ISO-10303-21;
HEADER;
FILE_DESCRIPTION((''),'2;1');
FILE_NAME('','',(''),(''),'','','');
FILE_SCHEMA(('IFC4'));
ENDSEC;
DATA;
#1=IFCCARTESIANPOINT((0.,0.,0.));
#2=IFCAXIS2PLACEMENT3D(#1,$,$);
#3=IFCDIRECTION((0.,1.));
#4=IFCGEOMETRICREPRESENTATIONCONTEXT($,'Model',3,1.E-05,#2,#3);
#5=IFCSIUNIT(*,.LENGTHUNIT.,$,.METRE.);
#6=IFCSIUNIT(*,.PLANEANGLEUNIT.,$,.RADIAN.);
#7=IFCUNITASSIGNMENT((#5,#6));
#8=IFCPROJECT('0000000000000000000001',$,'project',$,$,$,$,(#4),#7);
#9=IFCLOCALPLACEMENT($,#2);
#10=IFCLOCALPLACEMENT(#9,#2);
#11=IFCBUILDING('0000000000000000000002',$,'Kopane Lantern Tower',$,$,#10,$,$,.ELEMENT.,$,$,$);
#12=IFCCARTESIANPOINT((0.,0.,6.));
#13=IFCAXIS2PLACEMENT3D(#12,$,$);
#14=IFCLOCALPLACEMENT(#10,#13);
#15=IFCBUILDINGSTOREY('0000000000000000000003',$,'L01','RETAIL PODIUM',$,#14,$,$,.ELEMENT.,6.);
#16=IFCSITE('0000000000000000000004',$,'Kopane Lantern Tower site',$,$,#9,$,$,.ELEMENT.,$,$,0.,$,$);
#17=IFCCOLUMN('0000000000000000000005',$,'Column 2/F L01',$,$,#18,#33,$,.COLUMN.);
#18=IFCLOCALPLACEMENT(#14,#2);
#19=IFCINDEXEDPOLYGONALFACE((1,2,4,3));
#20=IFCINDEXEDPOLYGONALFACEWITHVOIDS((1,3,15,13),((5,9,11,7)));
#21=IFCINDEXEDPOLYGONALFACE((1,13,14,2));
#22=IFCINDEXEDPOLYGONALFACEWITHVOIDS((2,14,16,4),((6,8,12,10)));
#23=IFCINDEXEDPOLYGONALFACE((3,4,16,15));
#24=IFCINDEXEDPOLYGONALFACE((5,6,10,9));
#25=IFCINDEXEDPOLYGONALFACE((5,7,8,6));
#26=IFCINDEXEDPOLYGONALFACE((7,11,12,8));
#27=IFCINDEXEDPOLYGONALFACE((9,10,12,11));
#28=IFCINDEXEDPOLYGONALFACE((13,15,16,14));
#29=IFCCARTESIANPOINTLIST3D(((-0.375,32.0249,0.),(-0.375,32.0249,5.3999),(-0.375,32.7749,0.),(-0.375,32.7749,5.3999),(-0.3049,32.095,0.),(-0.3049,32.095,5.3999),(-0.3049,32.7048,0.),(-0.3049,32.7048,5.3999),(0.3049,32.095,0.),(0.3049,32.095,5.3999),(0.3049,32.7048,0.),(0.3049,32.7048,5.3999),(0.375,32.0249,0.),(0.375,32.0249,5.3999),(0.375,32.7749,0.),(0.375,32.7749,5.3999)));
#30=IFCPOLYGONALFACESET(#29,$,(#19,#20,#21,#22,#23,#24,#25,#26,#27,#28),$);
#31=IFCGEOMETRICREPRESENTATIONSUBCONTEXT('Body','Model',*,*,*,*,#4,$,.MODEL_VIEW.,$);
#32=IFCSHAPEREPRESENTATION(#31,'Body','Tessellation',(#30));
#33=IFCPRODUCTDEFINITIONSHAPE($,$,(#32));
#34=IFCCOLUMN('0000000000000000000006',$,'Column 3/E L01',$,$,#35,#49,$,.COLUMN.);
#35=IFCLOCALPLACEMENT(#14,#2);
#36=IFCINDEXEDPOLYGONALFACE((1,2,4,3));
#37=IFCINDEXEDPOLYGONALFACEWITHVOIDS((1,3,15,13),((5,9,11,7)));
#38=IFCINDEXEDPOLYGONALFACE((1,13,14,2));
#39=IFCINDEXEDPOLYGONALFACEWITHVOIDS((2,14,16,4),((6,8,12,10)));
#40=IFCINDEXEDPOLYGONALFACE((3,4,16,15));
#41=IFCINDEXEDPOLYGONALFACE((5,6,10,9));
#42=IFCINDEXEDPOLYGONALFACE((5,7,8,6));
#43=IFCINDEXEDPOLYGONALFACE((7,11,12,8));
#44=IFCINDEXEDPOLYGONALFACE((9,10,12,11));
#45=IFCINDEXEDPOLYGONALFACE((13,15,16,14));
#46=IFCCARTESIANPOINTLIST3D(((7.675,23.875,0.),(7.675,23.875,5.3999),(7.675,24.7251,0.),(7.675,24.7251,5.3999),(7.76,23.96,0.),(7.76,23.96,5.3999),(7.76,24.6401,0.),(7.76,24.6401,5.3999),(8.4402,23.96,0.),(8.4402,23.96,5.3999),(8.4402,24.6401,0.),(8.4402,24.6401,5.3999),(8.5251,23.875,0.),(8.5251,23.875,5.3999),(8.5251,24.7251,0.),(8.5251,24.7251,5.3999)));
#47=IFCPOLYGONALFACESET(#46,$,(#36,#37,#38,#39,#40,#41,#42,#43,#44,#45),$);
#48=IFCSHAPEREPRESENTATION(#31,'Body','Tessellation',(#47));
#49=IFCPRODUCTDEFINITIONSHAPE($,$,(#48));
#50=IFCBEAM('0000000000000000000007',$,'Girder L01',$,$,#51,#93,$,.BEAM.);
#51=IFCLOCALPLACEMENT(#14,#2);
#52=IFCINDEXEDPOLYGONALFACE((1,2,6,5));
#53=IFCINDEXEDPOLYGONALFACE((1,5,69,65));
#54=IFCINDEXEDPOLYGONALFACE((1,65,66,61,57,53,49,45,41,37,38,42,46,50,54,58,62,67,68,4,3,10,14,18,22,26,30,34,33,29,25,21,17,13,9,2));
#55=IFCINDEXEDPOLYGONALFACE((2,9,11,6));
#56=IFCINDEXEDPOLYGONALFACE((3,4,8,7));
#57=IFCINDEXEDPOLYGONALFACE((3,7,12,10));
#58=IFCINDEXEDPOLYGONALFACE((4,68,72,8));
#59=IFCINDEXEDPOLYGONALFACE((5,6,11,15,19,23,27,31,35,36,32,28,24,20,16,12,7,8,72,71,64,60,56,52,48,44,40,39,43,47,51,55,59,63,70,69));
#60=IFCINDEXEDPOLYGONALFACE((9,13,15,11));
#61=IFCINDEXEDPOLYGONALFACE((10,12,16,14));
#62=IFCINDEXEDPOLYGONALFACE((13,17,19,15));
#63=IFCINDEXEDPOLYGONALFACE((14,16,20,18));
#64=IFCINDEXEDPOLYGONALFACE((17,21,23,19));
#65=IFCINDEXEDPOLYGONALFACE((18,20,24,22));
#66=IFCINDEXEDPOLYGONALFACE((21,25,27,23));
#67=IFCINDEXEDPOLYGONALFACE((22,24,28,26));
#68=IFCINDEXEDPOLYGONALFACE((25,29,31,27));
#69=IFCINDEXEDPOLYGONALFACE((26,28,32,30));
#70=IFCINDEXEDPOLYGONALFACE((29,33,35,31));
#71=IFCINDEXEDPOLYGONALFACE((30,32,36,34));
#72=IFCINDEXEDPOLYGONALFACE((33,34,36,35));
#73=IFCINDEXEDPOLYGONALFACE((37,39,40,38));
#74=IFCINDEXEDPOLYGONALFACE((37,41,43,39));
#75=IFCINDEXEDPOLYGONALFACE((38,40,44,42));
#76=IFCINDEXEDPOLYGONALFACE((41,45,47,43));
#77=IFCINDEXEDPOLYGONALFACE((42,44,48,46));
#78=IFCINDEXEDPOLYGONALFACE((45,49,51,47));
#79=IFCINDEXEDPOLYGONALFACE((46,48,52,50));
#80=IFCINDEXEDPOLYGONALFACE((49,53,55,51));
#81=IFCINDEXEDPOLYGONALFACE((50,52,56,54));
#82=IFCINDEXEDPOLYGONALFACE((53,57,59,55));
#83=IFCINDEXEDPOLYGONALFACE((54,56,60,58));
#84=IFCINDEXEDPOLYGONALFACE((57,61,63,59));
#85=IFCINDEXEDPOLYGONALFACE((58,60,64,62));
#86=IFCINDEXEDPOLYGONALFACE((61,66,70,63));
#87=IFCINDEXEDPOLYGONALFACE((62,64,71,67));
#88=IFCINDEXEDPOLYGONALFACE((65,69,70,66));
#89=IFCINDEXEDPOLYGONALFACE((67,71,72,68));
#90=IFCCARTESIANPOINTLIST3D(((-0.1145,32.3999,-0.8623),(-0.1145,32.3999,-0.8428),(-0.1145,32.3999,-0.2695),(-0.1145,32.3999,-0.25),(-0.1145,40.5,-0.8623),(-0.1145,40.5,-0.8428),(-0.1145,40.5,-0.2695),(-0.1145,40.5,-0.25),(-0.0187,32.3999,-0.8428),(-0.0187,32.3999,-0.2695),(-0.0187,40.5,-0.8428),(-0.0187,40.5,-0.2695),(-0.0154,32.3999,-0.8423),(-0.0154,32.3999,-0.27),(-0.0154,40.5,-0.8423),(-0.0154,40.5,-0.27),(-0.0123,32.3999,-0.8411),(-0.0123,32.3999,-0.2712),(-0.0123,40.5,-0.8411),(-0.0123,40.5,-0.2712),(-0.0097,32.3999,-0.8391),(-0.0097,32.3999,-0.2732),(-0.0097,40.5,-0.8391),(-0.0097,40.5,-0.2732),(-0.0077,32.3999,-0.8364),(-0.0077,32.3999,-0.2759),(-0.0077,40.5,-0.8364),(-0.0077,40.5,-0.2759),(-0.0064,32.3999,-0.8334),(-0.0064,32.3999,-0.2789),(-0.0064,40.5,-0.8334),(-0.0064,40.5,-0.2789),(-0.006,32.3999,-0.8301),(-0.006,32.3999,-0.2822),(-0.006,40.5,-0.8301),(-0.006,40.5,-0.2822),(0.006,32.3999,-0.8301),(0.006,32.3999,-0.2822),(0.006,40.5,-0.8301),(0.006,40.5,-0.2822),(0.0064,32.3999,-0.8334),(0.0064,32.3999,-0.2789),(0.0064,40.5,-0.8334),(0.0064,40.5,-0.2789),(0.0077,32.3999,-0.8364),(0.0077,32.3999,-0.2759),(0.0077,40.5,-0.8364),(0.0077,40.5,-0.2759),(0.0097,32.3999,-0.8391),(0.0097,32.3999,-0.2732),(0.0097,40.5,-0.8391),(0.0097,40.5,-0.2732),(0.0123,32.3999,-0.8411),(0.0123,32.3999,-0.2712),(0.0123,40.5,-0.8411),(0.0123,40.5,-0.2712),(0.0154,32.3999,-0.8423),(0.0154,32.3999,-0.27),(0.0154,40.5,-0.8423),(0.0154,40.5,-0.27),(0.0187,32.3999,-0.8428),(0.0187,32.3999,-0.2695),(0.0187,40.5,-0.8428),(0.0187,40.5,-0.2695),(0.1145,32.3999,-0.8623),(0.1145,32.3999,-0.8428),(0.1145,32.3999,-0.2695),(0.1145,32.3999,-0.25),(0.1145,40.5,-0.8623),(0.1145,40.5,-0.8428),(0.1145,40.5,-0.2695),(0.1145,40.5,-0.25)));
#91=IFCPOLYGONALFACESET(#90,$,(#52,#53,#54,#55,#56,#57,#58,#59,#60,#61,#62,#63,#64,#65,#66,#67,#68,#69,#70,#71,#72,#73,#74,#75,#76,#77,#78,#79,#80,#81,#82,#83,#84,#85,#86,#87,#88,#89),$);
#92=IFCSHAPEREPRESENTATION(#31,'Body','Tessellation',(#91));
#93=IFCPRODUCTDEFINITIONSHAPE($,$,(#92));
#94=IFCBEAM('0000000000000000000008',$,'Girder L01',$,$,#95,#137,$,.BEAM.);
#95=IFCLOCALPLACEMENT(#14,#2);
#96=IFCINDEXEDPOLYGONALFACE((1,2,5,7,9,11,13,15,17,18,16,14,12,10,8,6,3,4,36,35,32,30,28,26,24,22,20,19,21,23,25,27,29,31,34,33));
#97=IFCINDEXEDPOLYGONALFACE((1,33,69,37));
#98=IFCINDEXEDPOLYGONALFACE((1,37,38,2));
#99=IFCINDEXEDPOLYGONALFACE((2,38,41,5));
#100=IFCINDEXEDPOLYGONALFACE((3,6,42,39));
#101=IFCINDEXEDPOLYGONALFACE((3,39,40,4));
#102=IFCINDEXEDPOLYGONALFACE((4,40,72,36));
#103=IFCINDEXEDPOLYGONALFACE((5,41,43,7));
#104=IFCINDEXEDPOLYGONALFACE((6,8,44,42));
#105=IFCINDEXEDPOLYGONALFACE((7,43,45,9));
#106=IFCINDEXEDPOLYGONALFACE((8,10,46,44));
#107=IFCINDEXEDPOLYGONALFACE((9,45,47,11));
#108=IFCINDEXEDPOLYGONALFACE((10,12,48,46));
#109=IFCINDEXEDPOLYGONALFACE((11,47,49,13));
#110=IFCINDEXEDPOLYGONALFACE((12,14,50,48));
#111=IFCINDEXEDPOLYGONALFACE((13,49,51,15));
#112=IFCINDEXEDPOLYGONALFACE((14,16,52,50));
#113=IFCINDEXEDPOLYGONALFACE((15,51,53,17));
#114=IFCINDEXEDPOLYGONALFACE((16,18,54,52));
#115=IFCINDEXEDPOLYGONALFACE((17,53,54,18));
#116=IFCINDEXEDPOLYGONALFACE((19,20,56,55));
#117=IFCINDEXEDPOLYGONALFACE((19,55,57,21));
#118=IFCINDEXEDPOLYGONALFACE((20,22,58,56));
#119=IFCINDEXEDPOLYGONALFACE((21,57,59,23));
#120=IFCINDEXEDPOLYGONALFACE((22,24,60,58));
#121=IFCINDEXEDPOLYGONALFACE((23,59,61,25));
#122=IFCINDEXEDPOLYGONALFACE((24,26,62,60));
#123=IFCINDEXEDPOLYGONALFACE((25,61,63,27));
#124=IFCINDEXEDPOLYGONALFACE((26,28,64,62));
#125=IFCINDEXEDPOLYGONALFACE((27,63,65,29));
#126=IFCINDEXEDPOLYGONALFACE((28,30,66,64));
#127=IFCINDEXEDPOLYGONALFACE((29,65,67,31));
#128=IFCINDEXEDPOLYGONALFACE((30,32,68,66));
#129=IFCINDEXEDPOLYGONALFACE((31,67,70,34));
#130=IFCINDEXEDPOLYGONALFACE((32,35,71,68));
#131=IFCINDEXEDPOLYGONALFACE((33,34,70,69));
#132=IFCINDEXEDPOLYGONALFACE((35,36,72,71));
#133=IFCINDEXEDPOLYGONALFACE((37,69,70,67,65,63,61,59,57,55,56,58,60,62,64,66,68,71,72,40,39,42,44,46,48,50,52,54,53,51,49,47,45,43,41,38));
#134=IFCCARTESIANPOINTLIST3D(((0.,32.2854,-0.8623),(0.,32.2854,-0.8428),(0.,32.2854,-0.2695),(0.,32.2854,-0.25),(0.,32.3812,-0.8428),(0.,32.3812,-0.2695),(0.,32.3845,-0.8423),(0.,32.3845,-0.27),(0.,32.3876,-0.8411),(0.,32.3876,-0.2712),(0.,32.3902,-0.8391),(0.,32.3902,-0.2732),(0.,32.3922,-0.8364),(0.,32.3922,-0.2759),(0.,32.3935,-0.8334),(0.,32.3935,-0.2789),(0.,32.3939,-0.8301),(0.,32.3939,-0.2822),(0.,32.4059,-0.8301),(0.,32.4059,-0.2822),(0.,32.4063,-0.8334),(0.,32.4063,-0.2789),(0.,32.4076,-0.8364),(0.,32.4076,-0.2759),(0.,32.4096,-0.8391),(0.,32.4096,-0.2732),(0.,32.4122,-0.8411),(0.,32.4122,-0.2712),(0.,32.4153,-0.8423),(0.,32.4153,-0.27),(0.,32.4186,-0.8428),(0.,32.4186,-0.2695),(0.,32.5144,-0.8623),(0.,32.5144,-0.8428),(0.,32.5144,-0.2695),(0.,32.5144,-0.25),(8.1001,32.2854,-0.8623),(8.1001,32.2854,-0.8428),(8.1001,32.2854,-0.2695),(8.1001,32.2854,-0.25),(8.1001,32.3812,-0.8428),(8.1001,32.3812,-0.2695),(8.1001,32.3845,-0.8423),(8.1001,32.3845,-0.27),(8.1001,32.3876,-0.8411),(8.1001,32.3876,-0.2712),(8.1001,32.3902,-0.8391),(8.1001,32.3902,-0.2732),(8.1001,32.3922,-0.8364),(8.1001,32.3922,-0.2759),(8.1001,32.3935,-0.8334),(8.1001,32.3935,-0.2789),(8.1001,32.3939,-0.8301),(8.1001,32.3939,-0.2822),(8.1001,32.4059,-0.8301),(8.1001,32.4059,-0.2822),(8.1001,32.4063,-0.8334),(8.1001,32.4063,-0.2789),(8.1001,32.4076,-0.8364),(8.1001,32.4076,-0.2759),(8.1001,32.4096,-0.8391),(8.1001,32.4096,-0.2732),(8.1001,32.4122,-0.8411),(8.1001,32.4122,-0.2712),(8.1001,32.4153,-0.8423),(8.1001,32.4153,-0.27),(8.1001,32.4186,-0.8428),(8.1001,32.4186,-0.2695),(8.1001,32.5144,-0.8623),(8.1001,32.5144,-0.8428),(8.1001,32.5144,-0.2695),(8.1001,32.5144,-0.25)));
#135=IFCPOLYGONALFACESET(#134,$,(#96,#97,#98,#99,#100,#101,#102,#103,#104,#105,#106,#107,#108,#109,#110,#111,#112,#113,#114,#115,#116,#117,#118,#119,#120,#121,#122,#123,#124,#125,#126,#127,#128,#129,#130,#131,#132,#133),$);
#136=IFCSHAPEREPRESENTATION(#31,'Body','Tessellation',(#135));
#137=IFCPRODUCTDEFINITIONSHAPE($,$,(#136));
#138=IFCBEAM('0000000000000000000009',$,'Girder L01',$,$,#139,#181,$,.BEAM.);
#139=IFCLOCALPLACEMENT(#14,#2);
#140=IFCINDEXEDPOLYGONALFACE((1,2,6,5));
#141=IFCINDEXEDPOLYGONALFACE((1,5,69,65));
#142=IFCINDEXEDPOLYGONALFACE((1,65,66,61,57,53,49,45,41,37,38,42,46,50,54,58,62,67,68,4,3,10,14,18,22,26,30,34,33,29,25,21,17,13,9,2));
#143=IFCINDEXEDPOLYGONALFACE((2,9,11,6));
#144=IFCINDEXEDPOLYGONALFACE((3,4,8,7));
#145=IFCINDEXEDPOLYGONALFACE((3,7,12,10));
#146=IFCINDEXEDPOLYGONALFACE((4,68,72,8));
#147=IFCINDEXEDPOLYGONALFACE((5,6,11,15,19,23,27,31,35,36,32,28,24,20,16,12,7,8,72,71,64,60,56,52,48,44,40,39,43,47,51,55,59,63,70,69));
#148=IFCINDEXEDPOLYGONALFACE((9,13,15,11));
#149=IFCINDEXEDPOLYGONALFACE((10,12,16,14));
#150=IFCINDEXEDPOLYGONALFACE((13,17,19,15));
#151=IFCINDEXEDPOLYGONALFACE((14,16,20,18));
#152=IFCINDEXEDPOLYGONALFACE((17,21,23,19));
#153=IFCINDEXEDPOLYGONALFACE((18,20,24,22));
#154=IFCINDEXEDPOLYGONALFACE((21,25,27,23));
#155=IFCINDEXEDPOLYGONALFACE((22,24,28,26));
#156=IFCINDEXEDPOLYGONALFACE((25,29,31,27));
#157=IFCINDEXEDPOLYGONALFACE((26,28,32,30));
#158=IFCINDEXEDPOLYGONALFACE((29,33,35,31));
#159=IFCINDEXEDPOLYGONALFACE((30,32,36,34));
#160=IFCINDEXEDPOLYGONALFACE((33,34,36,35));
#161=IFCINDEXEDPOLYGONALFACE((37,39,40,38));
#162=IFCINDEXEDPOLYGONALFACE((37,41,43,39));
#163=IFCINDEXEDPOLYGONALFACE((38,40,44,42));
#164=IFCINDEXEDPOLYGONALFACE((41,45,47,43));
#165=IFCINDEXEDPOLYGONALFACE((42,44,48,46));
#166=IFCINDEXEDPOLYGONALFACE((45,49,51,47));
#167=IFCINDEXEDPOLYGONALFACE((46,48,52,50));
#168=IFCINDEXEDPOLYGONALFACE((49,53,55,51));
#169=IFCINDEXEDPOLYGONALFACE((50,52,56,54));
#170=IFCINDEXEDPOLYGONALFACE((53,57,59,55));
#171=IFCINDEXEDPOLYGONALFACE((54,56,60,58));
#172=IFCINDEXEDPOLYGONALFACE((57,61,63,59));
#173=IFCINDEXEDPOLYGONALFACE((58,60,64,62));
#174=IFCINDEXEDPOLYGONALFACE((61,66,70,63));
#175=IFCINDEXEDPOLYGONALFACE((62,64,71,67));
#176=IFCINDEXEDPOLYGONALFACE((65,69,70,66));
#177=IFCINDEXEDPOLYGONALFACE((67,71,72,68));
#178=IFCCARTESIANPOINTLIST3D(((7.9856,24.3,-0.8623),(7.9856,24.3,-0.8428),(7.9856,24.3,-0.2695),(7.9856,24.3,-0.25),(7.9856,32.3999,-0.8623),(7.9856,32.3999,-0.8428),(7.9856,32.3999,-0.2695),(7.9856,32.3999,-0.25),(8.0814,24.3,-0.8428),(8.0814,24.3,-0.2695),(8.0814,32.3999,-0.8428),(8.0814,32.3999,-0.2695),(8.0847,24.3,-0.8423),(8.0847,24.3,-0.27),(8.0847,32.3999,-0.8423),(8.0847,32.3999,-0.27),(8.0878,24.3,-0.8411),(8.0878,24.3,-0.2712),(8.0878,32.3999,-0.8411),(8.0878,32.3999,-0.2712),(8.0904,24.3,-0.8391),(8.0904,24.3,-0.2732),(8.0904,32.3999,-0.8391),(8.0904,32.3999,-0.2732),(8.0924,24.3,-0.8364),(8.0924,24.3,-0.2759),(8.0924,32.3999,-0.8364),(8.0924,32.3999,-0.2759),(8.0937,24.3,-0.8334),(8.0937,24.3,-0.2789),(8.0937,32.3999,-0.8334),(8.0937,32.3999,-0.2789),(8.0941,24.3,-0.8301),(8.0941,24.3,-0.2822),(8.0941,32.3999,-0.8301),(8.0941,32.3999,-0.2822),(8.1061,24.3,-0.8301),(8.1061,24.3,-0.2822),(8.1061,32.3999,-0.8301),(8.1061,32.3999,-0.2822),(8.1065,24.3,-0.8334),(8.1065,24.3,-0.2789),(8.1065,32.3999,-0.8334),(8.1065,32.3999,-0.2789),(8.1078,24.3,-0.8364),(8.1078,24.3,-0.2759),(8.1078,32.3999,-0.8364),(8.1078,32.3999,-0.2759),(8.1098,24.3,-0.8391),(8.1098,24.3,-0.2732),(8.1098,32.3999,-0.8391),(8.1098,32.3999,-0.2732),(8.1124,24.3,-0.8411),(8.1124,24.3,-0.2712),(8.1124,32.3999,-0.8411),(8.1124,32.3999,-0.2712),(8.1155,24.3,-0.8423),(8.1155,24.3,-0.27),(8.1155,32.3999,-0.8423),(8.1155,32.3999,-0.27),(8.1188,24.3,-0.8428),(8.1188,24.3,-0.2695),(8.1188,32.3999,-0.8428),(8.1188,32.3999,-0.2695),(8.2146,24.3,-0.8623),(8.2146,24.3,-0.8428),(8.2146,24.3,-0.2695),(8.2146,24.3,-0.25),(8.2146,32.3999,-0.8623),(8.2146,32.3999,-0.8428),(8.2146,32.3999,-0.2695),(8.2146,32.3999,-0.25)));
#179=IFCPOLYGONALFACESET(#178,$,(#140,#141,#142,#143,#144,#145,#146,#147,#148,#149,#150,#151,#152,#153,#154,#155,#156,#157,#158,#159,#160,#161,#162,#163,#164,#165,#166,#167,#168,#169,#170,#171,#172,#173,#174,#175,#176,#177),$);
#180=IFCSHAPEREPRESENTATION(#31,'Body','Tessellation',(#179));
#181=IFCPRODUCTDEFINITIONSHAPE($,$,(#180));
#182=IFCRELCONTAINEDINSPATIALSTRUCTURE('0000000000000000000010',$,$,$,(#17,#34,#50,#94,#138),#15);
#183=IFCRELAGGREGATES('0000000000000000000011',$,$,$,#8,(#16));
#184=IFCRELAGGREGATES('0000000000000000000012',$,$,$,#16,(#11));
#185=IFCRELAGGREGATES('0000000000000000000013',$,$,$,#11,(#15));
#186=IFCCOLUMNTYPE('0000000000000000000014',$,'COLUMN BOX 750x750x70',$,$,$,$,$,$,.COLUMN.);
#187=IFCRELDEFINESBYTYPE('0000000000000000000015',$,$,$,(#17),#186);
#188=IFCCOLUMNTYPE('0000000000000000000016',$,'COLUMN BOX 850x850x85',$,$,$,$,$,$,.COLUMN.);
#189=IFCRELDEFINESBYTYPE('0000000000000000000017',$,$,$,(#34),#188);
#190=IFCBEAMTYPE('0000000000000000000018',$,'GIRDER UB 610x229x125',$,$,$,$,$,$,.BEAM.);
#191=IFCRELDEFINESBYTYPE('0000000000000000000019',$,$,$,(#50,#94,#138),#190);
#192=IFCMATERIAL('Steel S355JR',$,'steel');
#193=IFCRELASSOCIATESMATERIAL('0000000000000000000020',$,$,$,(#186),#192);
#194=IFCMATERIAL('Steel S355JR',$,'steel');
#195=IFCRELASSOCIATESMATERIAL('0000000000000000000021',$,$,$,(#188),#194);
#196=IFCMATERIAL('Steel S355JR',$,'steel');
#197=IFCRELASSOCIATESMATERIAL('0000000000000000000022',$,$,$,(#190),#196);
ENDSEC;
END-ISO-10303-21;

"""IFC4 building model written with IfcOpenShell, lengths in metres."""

from ifc_helpers import new_model, si_unit, direction, frame, origin, origin_2d, place, context, subcontext, project, spatial, hollow_rectangle, i_section, extrude, material, material_profile, profile_set, type_object, element, save


model = new_model("IFC4")

# Units and contexts
model_context = context("Model", 3, precision=1e-05, world=origin(), true_north=direction((0.0, 1.0)))
body_context = subcontext(model_context, "Body", "Model", "MODEL_VIEW")
ifc_project = project(units=[si_unit("LENGTHUNIT", "METRE"), si_unit("PLANEANGLEUNIT", "RADIAN")], contexts=[model_context])

# Site, building, storey
site_placement = place(None, origin())
site = spatial("IfcSite", under=ifc_project, at=site_placement, Name="Kopane Lantern Tower site", CompositionType="ELEMENT", RefElevation=0.0)
building_placement = place(site_placement, origin())
building = spatial("IfcBuilding", under=site, at=building_placement, Name="Kopane Lantern Tower", CompositionType="ELEMENT")
storey_placement = place(building_placement, frame((0.0, 0.0, 6.0)))
storey = spatial("IfcBuildingStorey", under=building, at=storey_placement, Name="L01", Description="RETAIL PODIUM", CompositionType="ELEMENT", Elevation=6.0)

# Columns
ifc_material_1 = material(Name="Steel S355JR", Category="steel")
ifc_material_profile_1 = material_profile(ifc_material_1, hollow_rectangle(XDim=0.75, YDim=0.75, WallThickness=0.0701, at=origin_2d()), Name="BOX 750x750x70")
ifc_profile_set_1 = profile_set([ifc_material_profile_1], Name="Steel S355JR")
column_type_1 = type_object("IfcColumnType", Name="COLUMN BOX 750x750x70", PredefinedType="COLUMN", material=ifc_profile_set_1)
column_1_placement = place(storey_placement, frame((0.0, 32.3999, 0.0), z_axis=(0.0, 0.0, 1.0), x_axis=(1.0, 0.0, 0.0)))
element("IfcColumn", 1, at=column_1_placement, inside=storey, type_object=column_type_1, Name="Column 2/F L01", PredefinedType="COLUMN", context=body_context, shape_type="SweptSolid", body=[
    extrude(hollow_rectangle(XDim=0.75, YDim=0.75, WallThickness=0.0701, at=origin_2d()), origin(), (0.0, 0.0, 1.0), 5.3999),
])
ifc_material_2 = material(Name="Steel S355JR", Category="steel")
ifc_material_profile_2 = material_profile(ifc_material_2, hollow_rectangle(XDim=0.8501, YDim=0.8501, WallThickness=0.085, at=origin_2d()), Name="BOX 850x850x85")
ifc_profile_set_2 = profile_set([ifc_material_profile_2], Name="Steel S355JR")
column_type_2 = type_object("IfcColumnType", Name="COLUMN BOX 850x850x85", PredefinedType="COLUMN", material=ifc_profile_set_2)
column_2_placement = place(storey_placement, frame((8.1001, 24.3, 0.0), z_axis=(0.0, 0.0, 1.0), x_axis=(1.0, 0.0, 0.0)))
element("IfcColumn", 2, at=column_2_placement, inside=storey, type_object=column_type_2, Name="Column 3/E L01", PredefinedType="COLUMN", context=body_context, shape_type="SweptSolid", body=[
    extrude(hollow_rectangle(XDim=0.8501, YDim=0.8501, WallThickness=0.085, at=origin_2d()), origin(), (0.0, 0.0, 1.0), 5.3999),
])

# Beams
ifc_material_3 = material(Name="Steel S355JR", Category="steel")
ifc_material_profile_3 = material_profile(ifc_material_3, i_section(OverallWidth=0.229, OverallDepth=0.6123, WebThickness=0.012, FlangeThickness=0.0195, FilletRadius=0.0127, at=origin_2d()), Name="UB 610x229x125")
ifc_profile_set_3 = profile_set([ifc_material_profile_3], Name="Steel S355JR")
beam_type = type_object("IfcBeamType", Name="GIRDER UB 610x229x125", PredefinedType="BEAM", material=ifc_profile_set_3)
for number, where, z_axis, x_axis, name in (
    (3, (0.0, 32.3999, -0.5562), (0.0, 1.0, 0.0), (-1.0, 0.0, 0.0), "Girder L01"),
    (4, (0.0, 32.3999, -0.5562), (1.0, 0.0, 0.0), (0.0, 1.0, 0.0), "Girder L01"),
):
    element("IfcBeam", number, at=place(storey_placement, frame(where, z_axis=z_axis, x_axis=x_axis)), inside=storey, type_object=beam_type, Name=name, PredefinedType="BEAM", context=body_context, shape_type="SweptSolid", body=[
        extrude(i_section(OverallWidth=0.229, OverallDepth=0.6123, WebThickness=0.012, FlangeThickness=0.0195, FilletRadius=0.0127, at=origin_2d()), origin(), (0.0, 0.0, 1.0), 8.1001),
    ])
for number, where, z_axis, x_axis, name in (
    (5, (8.1001, 24.3, -0.5562), (0.0, 1.0, 0.0), (-1.0, 0.0, 0.0), "Girder L01"),
):
    element("IfcBeam", number, at=place(storey_placement, frame(where, z_axis=z_axis, x_axis=x_axis)), inside=storey, type_object=beam_type, Name=name, PredefinedType="BEAM", context=body_context, shape_type="SweptSolid", body=[
        extrude(i_section(OverallWidth=0.229, OverallDepth=0.6123, WebThickness=0.012, FlangeThickness=0.0195, FilletRadius=0.0127, at=origin_2d()), origin(), (0.0, 0.0, 1.0), 8.0999),
    ])

save(model, "model.ifc")
